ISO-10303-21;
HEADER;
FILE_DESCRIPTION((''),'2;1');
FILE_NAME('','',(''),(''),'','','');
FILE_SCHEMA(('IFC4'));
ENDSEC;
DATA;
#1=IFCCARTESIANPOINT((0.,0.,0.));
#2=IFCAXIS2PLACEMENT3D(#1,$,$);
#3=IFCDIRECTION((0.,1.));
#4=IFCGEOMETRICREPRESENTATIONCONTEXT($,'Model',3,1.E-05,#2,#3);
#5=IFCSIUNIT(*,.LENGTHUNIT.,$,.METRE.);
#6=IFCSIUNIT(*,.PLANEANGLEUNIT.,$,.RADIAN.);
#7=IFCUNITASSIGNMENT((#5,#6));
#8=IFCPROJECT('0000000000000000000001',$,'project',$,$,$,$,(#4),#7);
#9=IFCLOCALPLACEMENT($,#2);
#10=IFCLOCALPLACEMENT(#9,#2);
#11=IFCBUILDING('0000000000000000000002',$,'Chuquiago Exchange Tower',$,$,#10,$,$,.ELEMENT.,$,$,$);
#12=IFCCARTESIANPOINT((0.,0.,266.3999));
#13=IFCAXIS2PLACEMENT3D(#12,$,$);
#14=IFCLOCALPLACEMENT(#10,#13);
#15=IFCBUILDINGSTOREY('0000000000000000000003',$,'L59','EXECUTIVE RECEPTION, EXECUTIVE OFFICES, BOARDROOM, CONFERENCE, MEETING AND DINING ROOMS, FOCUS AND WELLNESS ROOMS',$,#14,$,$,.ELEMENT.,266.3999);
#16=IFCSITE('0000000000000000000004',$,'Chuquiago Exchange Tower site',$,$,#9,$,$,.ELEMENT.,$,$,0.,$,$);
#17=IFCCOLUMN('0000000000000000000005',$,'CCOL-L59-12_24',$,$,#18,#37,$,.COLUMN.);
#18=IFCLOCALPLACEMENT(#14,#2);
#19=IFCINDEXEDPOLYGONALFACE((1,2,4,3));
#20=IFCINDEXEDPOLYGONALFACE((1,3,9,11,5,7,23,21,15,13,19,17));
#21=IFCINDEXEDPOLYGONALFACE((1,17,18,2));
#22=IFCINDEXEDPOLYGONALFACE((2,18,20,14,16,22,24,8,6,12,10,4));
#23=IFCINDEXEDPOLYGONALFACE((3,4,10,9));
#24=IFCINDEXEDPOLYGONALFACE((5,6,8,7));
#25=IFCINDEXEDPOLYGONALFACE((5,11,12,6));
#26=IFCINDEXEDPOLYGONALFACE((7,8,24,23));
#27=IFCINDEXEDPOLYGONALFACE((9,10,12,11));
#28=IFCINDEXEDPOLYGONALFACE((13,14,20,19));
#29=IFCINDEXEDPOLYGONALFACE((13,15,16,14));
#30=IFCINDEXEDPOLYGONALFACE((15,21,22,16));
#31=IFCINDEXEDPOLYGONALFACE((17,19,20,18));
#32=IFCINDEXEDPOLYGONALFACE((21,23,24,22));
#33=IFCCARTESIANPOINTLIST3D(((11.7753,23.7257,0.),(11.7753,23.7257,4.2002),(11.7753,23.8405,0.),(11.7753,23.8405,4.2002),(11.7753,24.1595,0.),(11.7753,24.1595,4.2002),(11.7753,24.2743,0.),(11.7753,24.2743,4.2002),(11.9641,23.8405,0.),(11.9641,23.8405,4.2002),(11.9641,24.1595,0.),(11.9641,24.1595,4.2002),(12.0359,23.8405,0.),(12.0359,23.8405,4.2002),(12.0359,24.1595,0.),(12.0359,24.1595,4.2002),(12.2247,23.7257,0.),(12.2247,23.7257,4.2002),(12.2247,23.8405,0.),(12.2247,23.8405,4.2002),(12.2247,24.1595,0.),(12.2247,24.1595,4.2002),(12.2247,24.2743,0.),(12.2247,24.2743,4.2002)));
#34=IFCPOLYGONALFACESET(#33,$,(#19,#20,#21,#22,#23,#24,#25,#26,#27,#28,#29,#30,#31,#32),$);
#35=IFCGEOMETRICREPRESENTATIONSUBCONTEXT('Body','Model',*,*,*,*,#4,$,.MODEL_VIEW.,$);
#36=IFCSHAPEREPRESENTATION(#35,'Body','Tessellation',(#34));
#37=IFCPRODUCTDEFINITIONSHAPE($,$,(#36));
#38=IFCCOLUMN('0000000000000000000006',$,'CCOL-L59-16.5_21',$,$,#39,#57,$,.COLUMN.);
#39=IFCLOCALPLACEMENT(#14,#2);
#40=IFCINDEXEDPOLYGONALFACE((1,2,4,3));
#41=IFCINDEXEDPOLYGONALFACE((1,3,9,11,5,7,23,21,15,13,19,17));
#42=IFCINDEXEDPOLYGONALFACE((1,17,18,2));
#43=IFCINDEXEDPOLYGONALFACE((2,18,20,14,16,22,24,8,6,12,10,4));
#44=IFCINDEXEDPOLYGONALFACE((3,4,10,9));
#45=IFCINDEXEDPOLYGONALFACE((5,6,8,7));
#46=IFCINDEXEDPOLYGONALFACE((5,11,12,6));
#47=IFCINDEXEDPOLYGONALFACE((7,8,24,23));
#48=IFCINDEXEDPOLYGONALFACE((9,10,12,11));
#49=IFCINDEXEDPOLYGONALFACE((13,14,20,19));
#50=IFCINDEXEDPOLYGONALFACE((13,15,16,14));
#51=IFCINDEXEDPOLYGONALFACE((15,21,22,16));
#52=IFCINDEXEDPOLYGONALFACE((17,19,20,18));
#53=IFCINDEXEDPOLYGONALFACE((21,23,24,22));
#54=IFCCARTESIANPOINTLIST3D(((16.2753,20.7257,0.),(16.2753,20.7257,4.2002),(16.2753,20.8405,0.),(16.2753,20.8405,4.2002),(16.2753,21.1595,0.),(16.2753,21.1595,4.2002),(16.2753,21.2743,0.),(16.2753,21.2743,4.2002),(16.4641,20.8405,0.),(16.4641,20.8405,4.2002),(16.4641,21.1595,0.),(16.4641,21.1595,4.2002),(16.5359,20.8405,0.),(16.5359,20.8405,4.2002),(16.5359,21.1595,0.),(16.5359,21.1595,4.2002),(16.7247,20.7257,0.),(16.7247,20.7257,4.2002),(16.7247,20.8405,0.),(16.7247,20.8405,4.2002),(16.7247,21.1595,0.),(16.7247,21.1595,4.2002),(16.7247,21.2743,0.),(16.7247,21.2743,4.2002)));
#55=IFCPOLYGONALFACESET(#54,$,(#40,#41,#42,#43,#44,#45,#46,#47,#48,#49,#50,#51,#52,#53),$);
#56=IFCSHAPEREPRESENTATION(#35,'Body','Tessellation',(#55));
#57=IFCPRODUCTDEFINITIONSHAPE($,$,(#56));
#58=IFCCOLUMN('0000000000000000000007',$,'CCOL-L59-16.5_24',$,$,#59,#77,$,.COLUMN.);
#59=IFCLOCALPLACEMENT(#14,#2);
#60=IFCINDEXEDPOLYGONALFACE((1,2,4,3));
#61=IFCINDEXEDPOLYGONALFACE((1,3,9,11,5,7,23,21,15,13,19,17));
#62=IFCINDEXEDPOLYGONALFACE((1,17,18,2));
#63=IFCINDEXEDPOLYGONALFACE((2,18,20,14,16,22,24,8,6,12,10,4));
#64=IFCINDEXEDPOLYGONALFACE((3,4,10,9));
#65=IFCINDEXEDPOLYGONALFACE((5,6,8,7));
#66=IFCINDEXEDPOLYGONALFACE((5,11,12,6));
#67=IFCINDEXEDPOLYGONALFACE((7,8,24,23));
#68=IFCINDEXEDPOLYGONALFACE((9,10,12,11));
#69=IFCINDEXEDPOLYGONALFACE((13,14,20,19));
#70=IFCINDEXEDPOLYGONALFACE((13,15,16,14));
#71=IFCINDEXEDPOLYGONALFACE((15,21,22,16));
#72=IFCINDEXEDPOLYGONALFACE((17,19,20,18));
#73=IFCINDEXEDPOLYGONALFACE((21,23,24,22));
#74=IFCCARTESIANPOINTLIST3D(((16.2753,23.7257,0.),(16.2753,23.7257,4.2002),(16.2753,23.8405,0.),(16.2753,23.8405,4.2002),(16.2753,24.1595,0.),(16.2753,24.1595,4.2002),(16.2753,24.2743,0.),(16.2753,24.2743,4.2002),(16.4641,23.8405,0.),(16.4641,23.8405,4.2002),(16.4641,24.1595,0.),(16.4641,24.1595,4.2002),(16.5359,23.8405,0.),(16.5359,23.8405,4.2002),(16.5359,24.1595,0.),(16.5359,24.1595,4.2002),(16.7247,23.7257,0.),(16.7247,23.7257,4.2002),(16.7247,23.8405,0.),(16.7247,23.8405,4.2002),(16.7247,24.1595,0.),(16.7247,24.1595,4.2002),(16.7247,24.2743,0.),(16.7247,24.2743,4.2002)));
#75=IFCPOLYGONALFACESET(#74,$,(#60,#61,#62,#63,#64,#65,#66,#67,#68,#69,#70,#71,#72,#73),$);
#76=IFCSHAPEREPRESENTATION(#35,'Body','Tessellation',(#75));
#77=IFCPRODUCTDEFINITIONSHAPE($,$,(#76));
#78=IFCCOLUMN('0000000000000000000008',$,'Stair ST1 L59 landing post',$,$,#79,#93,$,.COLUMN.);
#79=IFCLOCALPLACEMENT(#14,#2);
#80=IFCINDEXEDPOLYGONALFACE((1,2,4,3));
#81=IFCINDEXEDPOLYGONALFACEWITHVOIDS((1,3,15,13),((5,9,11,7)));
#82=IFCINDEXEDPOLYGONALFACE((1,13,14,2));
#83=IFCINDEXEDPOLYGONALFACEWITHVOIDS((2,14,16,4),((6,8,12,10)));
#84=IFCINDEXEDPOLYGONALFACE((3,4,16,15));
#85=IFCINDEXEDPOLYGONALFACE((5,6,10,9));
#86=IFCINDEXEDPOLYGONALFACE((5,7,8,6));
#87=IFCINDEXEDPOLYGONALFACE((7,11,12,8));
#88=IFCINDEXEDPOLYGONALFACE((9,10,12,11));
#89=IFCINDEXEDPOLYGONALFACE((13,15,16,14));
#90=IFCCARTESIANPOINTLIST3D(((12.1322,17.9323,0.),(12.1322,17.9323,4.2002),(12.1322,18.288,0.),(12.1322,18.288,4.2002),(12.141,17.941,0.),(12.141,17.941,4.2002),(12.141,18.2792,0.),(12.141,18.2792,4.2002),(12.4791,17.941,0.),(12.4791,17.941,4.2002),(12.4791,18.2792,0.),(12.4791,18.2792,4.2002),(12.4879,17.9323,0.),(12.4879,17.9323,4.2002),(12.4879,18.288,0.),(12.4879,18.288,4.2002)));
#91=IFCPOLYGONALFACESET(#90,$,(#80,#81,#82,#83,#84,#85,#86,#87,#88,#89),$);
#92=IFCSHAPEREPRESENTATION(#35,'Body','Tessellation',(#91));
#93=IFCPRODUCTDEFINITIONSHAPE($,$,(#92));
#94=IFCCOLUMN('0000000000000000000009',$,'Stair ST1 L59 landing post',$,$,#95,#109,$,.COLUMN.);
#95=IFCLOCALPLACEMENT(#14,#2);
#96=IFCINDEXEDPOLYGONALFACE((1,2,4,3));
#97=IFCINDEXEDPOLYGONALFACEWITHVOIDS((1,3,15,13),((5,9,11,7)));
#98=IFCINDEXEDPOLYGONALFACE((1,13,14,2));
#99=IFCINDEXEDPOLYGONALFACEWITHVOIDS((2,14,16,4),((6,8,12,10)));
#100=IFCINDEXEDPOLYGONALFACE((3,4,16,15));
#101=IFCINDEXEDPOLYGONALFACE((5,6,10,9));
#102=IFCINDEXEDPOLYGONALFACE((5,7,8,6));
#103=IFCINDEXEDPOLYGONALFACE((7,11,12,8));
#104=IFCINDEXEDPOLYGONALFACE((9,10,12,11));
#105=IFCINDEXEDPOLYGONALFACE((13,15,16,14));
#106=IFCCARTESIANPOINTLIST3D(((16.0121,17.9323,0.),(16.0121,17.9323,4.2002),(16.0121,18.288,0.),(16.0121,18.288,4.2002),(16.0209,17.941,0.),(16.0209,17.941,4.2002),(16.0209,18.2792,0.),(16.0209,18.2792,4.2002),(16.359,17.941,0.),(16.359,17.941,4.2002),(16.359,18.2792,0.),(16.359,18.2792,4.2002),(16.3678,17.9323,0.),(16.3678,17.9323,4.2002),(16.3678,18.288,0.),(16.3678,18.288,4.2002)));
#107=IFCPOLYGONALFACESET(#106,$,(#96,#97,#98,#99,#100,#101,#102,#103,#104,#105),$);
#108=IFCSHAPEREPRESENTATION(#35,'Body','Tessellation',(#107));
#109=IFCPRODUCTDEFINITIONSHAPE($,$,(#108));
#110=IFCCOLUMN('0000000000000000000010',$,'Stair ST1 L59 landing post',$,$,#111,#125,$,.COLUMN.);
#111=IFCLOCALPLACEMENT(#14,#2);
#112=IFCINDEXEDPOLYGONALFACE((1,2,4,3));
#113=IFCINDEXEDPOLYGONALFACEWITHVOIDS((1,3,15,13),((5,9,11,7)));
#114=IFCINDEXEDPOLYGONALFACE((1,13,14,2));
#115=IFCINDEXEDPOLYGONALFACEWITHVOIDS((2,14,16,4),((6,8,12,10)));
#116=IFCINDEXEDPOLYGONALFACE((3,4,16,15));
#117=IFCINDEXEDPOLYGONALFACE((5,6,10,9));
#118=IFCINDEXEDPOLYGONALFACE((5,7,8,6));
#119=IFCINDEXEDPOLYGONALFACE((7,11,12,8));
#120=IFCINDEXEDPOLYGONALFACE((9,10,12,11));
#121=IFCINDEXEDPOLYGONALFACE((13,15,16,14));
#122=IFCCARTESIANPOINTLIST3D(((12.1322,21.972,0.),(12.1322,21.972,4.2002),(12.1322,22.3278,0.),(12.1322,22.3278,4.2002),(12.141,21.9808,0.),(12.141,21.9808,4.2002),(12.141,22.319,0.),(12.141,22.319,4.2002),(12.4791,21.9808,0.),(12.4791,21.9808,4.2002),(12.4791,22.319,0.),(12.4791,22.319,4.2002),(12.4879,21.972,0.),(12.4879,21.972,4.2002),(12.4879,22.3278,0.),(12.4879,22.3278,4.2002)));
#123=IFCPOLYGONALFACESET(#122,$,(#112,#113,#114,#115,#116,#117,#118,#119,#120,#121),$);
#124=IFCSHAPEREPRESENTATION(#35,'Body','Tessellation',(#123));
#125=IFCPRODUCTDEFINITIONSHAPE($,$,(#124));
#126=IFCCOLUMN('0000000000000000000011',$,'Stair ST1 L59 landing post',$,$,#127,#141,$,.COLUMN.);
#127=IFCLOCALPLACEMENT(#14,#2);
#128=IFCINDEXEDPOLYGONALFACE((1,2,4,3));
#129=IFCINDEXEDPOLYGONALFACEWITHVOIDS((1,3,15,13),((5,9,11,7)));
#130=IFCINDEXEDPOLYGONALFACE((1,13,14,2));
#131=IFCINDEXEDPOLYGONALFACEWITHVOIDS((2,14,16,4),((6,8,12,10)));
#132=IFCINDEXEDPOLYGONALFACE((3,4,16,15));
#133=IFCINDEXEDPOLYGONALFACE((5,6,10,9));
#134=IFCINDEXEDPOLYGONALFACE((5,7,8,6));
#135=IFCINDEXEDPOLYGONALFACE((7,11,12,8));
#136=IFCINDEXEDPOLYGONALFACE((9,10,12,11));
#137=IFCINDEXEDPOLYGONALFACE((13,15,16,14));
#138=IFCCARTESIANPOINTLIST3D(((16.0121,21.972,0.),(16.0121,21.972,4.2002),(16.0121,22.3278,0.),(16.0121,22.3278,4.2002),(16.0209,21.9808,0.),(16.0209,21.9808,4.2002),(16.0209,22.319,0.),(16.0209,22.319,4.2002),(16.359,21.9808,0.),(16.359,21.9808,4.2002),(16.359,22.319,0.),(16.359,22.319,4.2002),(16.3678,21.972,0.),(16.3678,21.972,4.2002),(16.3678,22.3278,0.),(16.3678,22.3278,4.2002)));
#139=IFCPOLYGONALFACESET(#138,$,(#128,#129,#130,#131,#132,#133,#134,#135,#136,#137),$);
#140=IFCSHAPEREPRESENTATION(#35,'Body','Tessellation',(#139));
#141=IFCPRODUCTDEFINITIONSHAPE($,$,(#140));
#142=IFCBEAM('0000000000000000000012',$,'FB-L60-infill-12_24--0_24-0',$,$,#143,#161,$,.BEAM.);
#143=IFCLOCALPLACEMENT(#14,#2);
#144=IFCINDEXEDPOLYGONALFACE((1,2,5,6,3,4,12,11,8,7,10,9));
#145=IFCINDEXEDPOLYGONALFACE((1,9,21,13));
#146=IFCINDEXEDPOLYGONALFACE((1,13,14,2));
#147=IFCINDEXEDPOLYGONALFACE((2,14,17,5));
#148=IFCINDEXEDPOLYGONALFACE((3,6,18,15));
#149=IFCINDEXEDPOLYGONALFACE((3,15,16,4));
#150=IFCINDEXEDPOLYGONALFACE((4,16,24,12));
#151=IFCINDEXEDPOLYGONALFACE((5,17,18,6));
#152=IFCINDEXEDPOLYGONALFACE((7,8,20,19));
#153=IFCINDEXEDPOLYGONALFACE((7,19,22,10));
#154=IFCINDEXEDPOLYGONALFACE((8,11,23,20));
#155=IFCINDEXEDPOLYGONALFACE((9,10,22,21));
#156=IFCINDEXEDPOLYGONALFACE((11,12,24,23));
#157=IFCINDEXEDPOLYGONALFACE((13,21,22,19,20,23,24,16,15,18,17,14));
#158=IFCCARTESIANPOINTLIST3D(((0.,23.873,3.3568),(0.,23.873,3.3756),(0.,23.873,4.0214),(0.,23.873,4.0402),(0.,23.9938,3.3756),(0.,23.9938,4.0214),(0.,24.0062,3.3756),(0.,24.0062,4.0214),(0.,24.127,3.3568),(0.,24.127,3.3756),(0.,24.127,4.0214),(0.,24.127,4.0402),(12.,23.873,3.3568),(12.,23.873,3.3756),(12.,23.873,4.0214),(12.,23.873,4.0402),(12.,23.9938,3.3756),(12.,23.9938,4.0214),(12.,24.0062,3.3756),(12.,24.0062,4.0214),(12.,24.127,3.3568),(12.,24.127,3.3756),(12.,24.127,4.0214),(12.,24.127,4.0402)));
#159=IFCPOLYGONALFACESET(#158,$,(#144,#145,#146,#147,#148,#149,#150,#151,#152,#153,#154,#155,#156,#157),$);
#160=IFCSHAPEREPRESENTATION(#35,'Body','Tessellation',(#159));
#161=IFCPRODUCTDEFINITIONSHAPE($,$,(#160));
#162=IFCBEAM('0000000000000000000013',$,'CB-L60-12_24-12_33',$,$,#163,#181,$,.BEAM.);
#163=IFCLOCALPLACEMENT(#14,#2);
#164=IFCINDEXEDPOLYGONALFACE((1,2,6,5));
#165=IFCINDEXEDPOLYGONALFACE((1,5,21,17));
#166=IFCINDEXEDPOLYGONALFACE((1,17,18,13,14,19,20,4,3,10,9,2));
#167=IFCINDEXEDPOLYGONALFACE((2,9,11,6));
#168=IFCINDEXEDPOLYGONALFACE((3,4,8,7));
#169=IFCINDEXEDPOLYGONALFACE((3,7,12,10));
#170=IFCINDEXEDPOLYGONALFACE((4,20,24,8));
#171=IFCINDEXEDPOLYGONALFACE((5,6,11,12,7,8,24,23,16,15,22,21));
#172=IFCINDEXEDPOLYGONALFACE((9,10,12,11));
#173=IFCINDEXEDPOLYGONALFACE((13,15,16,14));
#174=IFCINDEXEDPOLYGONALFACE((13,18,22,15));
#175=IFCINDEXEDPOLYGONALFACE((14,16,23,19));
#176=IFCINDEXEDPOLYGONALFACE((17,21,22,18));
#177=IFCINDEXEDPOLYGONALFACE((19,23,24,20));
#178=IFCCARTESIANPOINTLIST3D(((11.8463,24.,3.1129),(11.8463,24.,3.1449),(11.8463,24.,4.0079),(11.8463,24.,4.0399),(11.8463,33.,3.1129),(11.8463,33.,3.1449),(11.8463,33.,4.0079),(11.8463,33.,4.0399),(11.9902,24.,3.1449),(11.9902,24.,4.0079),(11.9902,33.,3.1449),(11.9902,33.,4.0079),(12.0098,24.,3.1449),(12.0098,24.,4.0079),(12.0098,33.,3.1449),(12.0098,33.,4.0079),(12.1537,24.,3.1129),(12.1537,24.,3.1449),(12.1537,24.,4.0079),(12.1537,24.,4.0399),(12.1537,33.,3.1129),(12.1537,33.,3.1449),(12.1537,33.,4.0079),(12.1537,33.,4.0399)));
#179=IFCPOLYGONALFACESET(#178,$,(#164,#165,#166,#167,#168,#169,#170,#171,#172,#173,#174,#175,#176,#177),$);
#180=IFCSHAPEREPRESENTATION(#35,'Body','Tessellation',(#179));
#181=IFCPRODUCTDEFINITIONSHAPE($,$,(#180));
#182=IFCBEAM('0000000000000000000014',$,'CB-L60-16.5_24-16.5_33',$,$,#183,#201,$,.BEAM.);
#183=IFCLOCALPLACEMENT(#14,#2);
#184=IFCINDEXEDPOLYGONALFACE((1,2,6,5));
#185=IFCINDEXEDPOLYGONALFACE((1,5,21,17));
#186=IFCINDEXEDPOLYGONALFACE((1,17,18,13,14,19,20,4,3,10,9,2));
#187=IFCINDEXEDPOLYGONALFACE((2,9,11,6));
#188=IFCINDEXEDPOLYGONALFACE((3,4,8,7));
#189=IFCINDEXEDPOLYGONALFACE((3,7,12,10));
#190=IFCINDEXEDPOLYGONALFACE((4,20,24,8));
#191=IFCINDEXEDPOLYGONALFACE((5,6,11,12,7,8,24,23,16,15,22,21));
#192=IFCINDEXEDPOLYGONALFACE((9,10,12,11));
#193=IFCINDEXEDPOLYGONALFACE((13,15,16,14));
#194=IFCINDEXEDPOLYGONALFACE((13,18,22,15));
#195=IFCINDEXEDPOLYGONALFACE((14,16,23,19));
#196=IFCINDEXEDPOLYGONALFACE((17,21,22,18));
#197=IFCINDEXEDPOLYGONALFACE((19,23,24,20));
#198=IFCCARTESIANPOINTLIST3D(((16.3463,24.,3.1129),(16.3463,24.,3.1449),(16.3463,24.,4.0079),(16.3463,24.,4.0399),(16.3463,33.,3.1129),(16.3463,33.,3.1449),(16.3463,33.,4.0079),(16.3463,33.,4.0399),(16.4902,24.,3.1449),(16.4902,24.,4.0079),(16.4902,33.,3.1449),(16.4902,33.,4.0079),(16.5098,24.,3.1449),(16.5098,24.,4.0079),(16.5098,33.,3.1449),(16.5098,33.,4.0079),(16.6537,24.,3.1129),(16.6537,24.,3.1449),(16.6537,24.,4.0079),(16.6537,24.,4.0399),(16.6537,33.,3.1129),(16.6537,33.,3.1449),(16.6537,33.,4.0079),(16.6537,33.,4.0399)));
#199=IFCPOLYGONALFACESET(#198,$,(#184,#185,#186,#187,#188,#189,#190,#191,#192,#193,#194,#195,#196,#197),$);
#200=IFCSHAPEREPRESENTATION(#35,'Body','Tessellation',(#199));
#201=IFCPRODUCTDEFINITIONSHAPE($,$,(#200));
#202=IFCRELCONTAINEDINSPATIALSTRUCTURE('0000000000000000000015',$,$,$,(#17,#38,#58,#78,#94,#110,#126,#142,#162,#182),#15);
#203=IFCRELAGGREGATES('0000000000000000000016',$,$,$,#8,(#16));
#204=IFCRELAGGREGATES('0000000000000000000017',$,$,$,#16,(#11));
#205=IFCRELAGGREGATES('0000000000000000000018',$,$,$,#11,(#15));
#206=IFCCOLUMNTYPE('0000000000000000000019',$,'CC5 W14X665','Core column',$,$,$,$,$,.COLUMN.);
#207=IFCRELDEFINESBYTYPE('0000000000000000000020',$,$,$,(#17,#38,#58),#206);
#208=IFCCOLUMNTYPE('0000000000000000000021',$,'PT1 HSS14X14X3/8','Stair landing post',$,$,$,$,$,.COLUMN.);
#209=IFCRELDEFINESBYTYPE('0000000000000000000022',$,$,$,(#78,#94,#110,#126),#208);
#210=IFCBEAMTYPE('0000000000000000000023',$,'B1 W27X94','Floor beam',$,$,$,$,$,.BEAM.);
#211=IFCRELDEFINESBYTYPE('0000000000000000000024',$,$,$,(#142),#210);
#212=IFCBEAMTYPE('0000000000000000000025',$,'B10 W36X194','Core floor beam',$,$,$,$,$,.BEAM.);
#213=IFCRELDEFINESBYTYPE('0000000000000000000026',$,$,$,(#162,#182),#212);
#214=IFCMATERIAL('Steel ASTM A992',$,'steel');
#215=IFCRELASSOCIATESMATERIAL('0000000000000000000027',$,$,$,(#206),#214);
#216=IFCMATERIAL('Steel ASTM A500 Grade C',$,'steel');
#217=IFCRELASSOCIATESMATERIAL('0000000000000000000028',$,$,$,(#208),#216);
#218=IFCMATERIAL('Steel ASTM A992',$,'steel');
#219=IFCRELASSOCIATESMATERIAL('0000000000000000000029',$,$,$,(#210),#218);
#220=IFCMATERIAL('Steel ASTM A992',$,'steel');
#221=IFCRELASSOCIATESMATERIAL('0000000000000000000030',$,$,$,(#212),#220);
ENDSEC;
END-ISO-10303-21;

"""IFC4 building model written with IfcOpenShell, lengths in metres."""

from ifc_helpers import new_model, si_unit, direction, frame, origin, origin_2d, place, context, subcontext, project, spatial, hollow_rectangle, i_section, extrude, material, material_profile, profile_set, type_object, element, save


model = new_model("IFC4")

# Units and contexts
model_context = context("Model", 3, precision=1e-05, world=origin(), true_north=direction((0.0, 1.0)))
body_context = subcontext(model_context, "Body", "Model", "MODEL_VIEW")
ifc_project = project(units=[si_unit("LENGTHUNIT", "METRE"), si_unit("PLANEANGLEUNIT", "RADIAN")], contexts=[model_context])

# Site, building, storey
site_placement = place(None, origin())
site = spatial("IfcSite", under=ifc_project, at=site_placement, Name="Chuquiago Exchange Tower site", CompositionType="ELEMENT", RefElevation=0.0)
building_placement = place(site_placement, origin())
building = spatial("IfcBuilding", under=site, at=building_placement, Name="Chuquiago Exchange Tower", CompositionType="ELEMENT")
storey_placement = place(building_placement, frame((0.0, 0.0, 266.3999)))
storey = spatial("IfcBuildingStorey", under=building, at=storey_placement, Name="L59", Description="EXECUTIVE RECEPTION, EXECUTIVE OFFICES, BOARDROOM, CONFERENCE, MEETING AND DINING ROOMS, FOCUS AND WELLNESS ROOMS", CompositionType="ELEMENT", Elevation=266.3999)

# Columns
ifc_material_1 = material(Name="Steel ASTM A992", Category="steel")
ifc_material_profile_1 = material_profile(ifc_material_1, i_section(OverallWidth=0.4495, OverallDepth=0.5486, WebThickness=0.0718, FlangeThickness=0.1147, at=origin_2d()), Name="W14X665")
ifc_profile_set_1 = profile_set([ifc_material_profile_1], Name="Steel ASTM A992")
column_type_1 = type_object("IfcColumnType", Name="CC5 W14X665", Description="Core column", PredefinedType="COLUMN", material=ifc_profile_set_1)
for number, where, z_axis, x_axis, name in (
    (1, (12.0, 24.0, 0.0), (0.0, 0.0, 1.0), (1.0, 0.0, 0.0), "CCOL-L59-12_24"),
    (2, (16.5, 21.0, 0.0), (0.0, 0.0, 1.0), (1.0, 0.0, 0.0), "CCOL-L59-16.5_21"),
    (3, (16.5, 24.0, 0.0), (0.0, 0.0, 1.0), (1.0, 0.0, 0.0), "CCOL-L59-16.5_24"),
):
    element("IfcColumn", number, at=place(storey_placement, frame(where, z_axis=z_axis, x_axis=x_axis)), inside=storey, type_object=column_type_1, Name=name, PredefinedType="COLUMN", context=body_context, shape_type="SweptSolid", body=[
        extrude(i_section(OverallWidth=0.4495, OverallDepth=0.5486, WebThickness=0.0718, FlangeThickness=0.1147, at=origin_2d()), origin(), (0.0, 0.0, 1.0), 4.2002),
    ])
ifc_material_2 = material(Name="Steel ASTM A500 Grade C", Category="steel")
ifc_material_profile_2 = material_profile(ifc_material_2, hollow_rectangle(XDim=0.3557, YDim=0.3557, WallThickness=0.0088, at=origin_2d()), Name="HSS14X14X3/8")
ifc_profile_set_2 = profile_set([ifc_material_profile_2], Name="Steel ASTM A500 Grade C")
column_type_2 = type_object("IfcColumnType", Name="PT1 HSS14X14X3/8", Description="Stair landing post", PredefinedType="COLUMN", material=ifc_profile_set_2)
for number, where, z_axis, x_axis, name in (
    (4, (12.3101, 18.1101, 0.0), (0.0, 0.0, 1.0), (1.0, 0.0, 0.0), "Stair ST1 L59 landing post"),
    (5, (16.1899, 18.1101, 0.0), (0.0, 0.0, 1.0), (1.0, 0.0, 0.0), "Stair ST1 L59 landing post"),
    (6, (12.3101, 22.1499, 0.0), (0.0, 0.0, 1.0), (1.0, 0.0, 0.0), "Stair ST1 L59 landing post"),
    (7, (16.1899, 22.1499, 0.0), (0.0, 0.0, 1.0), (1.0, 0.0, 0.0), "Stair ST1 L59 landing post"),
):
    element("IfcColumn", number, at=place(storey_placement, frame(where, z_axis=z_axis, x_axis=x_axis)), inside=storey, type_object=column_type_2, Name=name, PredefinedType="COLUMN", context=body_context, shape_type="SweptSolid", body=[
        extrude(hollow_rectangle(XDim=0.3557, YDim=0.3557, WallThickness=0.0088, at=origin_2d()), origin(), (0.0, 0.0, 1.0), 4.2002),
    ])

# Beams
ifc_material_3 = material(Name="Steel ASTM A992", Category="steel")
ifc_material_profile_3 = material_profile(ifc_material_3, i_section(OverallWidth=0.2539, OverallDepth=0.6833, WebThickness=0.0125, FlangeThickness=0.0188, at=origin_2d()), Name="W27X94")
ifc_profile_set_3 = profile_set([ifc_material_profile_3], Name="Steel ASTM A992")
beam_type_1 = type_object("IfcBeamType", Name="B1 W27X94", Description="Floor beam", PredefinedType="BEAM", material=ifc_profile_set_3)
beam_1_placement = place(storey_placement, frame((12.0, 24.0, 3.6985), z_axis=(-1.0, 0.0, 0.0), x_axis=(0.0, -1.0, 0.0)))
element("IfcBeam", 8, at=beam_1_placement, inside=storey, type_object=beam_type_1, Name="FB-L60-infill-12_24--0_24-0", PredefinedType="BEAM", context=body_context, shape_type="SweptSolid", body=[
    extrude(i_section(OverallWidth=0.2539, OverallDepth=0.6833, WebThickness=0.0125, FlangeThickness=0.0188, at=origin_2d()), origin(), (0.0, 0.0, 1.0), 12.0),
])
ifc_material_4 = material(Name="Steel ASTM A992", Category="steel")
ifc_material_profile_4 = material_profile(ifc_material_4, i_section(OverallWidth=0.3074, OverallDepth=0.927, WebThickness=0.0195, FlangeThickness=0.032, at=origin_2d()), Name="W36X194")
ifc_profile_set_4 = profile_set([ifc_material_profile_4], Name="Steel ASTM A992")
beam_type_2 = type_object("IfcBeamType", Name="B10 W36X194", Description="Core floor beam", PredefinedType="BEAM", material=ifc_profile_set_4)
for number, where, z_axis, x_axis, name in (
    (9, (12.0, 24.0, 3.5764), (0.0, 1.0, 0.0), (-1.0, 0.0, 0.0), "CB-L60-12_24-12_33"),
    (10, (16.5, 24.0, 3.5764), (0.0, 1.0, 0.0), (-1.0, 0.0, 0.0), "CB-L60-16.5_24-16.5_33"),
):
    element("IfcBeam", number, at=place(storey_placement, frame(where, z_axis=z_axis, x_axis=x_axis)), inside=storey, type_object=beam_type_2, Name=name, PredefinedType="BEAM", context=body_context, shape_type="SweptSolid", body=[
        extrude(i_section(OverallWidth=0.3074, OverallDepth=0.927, WebThickness=0.0195, FlangeThickness=0.032, at=origin_2d()), origin(), (0.0, 0.0, 1.0), 9.0),
    ])

save(model, "model.ifc")
